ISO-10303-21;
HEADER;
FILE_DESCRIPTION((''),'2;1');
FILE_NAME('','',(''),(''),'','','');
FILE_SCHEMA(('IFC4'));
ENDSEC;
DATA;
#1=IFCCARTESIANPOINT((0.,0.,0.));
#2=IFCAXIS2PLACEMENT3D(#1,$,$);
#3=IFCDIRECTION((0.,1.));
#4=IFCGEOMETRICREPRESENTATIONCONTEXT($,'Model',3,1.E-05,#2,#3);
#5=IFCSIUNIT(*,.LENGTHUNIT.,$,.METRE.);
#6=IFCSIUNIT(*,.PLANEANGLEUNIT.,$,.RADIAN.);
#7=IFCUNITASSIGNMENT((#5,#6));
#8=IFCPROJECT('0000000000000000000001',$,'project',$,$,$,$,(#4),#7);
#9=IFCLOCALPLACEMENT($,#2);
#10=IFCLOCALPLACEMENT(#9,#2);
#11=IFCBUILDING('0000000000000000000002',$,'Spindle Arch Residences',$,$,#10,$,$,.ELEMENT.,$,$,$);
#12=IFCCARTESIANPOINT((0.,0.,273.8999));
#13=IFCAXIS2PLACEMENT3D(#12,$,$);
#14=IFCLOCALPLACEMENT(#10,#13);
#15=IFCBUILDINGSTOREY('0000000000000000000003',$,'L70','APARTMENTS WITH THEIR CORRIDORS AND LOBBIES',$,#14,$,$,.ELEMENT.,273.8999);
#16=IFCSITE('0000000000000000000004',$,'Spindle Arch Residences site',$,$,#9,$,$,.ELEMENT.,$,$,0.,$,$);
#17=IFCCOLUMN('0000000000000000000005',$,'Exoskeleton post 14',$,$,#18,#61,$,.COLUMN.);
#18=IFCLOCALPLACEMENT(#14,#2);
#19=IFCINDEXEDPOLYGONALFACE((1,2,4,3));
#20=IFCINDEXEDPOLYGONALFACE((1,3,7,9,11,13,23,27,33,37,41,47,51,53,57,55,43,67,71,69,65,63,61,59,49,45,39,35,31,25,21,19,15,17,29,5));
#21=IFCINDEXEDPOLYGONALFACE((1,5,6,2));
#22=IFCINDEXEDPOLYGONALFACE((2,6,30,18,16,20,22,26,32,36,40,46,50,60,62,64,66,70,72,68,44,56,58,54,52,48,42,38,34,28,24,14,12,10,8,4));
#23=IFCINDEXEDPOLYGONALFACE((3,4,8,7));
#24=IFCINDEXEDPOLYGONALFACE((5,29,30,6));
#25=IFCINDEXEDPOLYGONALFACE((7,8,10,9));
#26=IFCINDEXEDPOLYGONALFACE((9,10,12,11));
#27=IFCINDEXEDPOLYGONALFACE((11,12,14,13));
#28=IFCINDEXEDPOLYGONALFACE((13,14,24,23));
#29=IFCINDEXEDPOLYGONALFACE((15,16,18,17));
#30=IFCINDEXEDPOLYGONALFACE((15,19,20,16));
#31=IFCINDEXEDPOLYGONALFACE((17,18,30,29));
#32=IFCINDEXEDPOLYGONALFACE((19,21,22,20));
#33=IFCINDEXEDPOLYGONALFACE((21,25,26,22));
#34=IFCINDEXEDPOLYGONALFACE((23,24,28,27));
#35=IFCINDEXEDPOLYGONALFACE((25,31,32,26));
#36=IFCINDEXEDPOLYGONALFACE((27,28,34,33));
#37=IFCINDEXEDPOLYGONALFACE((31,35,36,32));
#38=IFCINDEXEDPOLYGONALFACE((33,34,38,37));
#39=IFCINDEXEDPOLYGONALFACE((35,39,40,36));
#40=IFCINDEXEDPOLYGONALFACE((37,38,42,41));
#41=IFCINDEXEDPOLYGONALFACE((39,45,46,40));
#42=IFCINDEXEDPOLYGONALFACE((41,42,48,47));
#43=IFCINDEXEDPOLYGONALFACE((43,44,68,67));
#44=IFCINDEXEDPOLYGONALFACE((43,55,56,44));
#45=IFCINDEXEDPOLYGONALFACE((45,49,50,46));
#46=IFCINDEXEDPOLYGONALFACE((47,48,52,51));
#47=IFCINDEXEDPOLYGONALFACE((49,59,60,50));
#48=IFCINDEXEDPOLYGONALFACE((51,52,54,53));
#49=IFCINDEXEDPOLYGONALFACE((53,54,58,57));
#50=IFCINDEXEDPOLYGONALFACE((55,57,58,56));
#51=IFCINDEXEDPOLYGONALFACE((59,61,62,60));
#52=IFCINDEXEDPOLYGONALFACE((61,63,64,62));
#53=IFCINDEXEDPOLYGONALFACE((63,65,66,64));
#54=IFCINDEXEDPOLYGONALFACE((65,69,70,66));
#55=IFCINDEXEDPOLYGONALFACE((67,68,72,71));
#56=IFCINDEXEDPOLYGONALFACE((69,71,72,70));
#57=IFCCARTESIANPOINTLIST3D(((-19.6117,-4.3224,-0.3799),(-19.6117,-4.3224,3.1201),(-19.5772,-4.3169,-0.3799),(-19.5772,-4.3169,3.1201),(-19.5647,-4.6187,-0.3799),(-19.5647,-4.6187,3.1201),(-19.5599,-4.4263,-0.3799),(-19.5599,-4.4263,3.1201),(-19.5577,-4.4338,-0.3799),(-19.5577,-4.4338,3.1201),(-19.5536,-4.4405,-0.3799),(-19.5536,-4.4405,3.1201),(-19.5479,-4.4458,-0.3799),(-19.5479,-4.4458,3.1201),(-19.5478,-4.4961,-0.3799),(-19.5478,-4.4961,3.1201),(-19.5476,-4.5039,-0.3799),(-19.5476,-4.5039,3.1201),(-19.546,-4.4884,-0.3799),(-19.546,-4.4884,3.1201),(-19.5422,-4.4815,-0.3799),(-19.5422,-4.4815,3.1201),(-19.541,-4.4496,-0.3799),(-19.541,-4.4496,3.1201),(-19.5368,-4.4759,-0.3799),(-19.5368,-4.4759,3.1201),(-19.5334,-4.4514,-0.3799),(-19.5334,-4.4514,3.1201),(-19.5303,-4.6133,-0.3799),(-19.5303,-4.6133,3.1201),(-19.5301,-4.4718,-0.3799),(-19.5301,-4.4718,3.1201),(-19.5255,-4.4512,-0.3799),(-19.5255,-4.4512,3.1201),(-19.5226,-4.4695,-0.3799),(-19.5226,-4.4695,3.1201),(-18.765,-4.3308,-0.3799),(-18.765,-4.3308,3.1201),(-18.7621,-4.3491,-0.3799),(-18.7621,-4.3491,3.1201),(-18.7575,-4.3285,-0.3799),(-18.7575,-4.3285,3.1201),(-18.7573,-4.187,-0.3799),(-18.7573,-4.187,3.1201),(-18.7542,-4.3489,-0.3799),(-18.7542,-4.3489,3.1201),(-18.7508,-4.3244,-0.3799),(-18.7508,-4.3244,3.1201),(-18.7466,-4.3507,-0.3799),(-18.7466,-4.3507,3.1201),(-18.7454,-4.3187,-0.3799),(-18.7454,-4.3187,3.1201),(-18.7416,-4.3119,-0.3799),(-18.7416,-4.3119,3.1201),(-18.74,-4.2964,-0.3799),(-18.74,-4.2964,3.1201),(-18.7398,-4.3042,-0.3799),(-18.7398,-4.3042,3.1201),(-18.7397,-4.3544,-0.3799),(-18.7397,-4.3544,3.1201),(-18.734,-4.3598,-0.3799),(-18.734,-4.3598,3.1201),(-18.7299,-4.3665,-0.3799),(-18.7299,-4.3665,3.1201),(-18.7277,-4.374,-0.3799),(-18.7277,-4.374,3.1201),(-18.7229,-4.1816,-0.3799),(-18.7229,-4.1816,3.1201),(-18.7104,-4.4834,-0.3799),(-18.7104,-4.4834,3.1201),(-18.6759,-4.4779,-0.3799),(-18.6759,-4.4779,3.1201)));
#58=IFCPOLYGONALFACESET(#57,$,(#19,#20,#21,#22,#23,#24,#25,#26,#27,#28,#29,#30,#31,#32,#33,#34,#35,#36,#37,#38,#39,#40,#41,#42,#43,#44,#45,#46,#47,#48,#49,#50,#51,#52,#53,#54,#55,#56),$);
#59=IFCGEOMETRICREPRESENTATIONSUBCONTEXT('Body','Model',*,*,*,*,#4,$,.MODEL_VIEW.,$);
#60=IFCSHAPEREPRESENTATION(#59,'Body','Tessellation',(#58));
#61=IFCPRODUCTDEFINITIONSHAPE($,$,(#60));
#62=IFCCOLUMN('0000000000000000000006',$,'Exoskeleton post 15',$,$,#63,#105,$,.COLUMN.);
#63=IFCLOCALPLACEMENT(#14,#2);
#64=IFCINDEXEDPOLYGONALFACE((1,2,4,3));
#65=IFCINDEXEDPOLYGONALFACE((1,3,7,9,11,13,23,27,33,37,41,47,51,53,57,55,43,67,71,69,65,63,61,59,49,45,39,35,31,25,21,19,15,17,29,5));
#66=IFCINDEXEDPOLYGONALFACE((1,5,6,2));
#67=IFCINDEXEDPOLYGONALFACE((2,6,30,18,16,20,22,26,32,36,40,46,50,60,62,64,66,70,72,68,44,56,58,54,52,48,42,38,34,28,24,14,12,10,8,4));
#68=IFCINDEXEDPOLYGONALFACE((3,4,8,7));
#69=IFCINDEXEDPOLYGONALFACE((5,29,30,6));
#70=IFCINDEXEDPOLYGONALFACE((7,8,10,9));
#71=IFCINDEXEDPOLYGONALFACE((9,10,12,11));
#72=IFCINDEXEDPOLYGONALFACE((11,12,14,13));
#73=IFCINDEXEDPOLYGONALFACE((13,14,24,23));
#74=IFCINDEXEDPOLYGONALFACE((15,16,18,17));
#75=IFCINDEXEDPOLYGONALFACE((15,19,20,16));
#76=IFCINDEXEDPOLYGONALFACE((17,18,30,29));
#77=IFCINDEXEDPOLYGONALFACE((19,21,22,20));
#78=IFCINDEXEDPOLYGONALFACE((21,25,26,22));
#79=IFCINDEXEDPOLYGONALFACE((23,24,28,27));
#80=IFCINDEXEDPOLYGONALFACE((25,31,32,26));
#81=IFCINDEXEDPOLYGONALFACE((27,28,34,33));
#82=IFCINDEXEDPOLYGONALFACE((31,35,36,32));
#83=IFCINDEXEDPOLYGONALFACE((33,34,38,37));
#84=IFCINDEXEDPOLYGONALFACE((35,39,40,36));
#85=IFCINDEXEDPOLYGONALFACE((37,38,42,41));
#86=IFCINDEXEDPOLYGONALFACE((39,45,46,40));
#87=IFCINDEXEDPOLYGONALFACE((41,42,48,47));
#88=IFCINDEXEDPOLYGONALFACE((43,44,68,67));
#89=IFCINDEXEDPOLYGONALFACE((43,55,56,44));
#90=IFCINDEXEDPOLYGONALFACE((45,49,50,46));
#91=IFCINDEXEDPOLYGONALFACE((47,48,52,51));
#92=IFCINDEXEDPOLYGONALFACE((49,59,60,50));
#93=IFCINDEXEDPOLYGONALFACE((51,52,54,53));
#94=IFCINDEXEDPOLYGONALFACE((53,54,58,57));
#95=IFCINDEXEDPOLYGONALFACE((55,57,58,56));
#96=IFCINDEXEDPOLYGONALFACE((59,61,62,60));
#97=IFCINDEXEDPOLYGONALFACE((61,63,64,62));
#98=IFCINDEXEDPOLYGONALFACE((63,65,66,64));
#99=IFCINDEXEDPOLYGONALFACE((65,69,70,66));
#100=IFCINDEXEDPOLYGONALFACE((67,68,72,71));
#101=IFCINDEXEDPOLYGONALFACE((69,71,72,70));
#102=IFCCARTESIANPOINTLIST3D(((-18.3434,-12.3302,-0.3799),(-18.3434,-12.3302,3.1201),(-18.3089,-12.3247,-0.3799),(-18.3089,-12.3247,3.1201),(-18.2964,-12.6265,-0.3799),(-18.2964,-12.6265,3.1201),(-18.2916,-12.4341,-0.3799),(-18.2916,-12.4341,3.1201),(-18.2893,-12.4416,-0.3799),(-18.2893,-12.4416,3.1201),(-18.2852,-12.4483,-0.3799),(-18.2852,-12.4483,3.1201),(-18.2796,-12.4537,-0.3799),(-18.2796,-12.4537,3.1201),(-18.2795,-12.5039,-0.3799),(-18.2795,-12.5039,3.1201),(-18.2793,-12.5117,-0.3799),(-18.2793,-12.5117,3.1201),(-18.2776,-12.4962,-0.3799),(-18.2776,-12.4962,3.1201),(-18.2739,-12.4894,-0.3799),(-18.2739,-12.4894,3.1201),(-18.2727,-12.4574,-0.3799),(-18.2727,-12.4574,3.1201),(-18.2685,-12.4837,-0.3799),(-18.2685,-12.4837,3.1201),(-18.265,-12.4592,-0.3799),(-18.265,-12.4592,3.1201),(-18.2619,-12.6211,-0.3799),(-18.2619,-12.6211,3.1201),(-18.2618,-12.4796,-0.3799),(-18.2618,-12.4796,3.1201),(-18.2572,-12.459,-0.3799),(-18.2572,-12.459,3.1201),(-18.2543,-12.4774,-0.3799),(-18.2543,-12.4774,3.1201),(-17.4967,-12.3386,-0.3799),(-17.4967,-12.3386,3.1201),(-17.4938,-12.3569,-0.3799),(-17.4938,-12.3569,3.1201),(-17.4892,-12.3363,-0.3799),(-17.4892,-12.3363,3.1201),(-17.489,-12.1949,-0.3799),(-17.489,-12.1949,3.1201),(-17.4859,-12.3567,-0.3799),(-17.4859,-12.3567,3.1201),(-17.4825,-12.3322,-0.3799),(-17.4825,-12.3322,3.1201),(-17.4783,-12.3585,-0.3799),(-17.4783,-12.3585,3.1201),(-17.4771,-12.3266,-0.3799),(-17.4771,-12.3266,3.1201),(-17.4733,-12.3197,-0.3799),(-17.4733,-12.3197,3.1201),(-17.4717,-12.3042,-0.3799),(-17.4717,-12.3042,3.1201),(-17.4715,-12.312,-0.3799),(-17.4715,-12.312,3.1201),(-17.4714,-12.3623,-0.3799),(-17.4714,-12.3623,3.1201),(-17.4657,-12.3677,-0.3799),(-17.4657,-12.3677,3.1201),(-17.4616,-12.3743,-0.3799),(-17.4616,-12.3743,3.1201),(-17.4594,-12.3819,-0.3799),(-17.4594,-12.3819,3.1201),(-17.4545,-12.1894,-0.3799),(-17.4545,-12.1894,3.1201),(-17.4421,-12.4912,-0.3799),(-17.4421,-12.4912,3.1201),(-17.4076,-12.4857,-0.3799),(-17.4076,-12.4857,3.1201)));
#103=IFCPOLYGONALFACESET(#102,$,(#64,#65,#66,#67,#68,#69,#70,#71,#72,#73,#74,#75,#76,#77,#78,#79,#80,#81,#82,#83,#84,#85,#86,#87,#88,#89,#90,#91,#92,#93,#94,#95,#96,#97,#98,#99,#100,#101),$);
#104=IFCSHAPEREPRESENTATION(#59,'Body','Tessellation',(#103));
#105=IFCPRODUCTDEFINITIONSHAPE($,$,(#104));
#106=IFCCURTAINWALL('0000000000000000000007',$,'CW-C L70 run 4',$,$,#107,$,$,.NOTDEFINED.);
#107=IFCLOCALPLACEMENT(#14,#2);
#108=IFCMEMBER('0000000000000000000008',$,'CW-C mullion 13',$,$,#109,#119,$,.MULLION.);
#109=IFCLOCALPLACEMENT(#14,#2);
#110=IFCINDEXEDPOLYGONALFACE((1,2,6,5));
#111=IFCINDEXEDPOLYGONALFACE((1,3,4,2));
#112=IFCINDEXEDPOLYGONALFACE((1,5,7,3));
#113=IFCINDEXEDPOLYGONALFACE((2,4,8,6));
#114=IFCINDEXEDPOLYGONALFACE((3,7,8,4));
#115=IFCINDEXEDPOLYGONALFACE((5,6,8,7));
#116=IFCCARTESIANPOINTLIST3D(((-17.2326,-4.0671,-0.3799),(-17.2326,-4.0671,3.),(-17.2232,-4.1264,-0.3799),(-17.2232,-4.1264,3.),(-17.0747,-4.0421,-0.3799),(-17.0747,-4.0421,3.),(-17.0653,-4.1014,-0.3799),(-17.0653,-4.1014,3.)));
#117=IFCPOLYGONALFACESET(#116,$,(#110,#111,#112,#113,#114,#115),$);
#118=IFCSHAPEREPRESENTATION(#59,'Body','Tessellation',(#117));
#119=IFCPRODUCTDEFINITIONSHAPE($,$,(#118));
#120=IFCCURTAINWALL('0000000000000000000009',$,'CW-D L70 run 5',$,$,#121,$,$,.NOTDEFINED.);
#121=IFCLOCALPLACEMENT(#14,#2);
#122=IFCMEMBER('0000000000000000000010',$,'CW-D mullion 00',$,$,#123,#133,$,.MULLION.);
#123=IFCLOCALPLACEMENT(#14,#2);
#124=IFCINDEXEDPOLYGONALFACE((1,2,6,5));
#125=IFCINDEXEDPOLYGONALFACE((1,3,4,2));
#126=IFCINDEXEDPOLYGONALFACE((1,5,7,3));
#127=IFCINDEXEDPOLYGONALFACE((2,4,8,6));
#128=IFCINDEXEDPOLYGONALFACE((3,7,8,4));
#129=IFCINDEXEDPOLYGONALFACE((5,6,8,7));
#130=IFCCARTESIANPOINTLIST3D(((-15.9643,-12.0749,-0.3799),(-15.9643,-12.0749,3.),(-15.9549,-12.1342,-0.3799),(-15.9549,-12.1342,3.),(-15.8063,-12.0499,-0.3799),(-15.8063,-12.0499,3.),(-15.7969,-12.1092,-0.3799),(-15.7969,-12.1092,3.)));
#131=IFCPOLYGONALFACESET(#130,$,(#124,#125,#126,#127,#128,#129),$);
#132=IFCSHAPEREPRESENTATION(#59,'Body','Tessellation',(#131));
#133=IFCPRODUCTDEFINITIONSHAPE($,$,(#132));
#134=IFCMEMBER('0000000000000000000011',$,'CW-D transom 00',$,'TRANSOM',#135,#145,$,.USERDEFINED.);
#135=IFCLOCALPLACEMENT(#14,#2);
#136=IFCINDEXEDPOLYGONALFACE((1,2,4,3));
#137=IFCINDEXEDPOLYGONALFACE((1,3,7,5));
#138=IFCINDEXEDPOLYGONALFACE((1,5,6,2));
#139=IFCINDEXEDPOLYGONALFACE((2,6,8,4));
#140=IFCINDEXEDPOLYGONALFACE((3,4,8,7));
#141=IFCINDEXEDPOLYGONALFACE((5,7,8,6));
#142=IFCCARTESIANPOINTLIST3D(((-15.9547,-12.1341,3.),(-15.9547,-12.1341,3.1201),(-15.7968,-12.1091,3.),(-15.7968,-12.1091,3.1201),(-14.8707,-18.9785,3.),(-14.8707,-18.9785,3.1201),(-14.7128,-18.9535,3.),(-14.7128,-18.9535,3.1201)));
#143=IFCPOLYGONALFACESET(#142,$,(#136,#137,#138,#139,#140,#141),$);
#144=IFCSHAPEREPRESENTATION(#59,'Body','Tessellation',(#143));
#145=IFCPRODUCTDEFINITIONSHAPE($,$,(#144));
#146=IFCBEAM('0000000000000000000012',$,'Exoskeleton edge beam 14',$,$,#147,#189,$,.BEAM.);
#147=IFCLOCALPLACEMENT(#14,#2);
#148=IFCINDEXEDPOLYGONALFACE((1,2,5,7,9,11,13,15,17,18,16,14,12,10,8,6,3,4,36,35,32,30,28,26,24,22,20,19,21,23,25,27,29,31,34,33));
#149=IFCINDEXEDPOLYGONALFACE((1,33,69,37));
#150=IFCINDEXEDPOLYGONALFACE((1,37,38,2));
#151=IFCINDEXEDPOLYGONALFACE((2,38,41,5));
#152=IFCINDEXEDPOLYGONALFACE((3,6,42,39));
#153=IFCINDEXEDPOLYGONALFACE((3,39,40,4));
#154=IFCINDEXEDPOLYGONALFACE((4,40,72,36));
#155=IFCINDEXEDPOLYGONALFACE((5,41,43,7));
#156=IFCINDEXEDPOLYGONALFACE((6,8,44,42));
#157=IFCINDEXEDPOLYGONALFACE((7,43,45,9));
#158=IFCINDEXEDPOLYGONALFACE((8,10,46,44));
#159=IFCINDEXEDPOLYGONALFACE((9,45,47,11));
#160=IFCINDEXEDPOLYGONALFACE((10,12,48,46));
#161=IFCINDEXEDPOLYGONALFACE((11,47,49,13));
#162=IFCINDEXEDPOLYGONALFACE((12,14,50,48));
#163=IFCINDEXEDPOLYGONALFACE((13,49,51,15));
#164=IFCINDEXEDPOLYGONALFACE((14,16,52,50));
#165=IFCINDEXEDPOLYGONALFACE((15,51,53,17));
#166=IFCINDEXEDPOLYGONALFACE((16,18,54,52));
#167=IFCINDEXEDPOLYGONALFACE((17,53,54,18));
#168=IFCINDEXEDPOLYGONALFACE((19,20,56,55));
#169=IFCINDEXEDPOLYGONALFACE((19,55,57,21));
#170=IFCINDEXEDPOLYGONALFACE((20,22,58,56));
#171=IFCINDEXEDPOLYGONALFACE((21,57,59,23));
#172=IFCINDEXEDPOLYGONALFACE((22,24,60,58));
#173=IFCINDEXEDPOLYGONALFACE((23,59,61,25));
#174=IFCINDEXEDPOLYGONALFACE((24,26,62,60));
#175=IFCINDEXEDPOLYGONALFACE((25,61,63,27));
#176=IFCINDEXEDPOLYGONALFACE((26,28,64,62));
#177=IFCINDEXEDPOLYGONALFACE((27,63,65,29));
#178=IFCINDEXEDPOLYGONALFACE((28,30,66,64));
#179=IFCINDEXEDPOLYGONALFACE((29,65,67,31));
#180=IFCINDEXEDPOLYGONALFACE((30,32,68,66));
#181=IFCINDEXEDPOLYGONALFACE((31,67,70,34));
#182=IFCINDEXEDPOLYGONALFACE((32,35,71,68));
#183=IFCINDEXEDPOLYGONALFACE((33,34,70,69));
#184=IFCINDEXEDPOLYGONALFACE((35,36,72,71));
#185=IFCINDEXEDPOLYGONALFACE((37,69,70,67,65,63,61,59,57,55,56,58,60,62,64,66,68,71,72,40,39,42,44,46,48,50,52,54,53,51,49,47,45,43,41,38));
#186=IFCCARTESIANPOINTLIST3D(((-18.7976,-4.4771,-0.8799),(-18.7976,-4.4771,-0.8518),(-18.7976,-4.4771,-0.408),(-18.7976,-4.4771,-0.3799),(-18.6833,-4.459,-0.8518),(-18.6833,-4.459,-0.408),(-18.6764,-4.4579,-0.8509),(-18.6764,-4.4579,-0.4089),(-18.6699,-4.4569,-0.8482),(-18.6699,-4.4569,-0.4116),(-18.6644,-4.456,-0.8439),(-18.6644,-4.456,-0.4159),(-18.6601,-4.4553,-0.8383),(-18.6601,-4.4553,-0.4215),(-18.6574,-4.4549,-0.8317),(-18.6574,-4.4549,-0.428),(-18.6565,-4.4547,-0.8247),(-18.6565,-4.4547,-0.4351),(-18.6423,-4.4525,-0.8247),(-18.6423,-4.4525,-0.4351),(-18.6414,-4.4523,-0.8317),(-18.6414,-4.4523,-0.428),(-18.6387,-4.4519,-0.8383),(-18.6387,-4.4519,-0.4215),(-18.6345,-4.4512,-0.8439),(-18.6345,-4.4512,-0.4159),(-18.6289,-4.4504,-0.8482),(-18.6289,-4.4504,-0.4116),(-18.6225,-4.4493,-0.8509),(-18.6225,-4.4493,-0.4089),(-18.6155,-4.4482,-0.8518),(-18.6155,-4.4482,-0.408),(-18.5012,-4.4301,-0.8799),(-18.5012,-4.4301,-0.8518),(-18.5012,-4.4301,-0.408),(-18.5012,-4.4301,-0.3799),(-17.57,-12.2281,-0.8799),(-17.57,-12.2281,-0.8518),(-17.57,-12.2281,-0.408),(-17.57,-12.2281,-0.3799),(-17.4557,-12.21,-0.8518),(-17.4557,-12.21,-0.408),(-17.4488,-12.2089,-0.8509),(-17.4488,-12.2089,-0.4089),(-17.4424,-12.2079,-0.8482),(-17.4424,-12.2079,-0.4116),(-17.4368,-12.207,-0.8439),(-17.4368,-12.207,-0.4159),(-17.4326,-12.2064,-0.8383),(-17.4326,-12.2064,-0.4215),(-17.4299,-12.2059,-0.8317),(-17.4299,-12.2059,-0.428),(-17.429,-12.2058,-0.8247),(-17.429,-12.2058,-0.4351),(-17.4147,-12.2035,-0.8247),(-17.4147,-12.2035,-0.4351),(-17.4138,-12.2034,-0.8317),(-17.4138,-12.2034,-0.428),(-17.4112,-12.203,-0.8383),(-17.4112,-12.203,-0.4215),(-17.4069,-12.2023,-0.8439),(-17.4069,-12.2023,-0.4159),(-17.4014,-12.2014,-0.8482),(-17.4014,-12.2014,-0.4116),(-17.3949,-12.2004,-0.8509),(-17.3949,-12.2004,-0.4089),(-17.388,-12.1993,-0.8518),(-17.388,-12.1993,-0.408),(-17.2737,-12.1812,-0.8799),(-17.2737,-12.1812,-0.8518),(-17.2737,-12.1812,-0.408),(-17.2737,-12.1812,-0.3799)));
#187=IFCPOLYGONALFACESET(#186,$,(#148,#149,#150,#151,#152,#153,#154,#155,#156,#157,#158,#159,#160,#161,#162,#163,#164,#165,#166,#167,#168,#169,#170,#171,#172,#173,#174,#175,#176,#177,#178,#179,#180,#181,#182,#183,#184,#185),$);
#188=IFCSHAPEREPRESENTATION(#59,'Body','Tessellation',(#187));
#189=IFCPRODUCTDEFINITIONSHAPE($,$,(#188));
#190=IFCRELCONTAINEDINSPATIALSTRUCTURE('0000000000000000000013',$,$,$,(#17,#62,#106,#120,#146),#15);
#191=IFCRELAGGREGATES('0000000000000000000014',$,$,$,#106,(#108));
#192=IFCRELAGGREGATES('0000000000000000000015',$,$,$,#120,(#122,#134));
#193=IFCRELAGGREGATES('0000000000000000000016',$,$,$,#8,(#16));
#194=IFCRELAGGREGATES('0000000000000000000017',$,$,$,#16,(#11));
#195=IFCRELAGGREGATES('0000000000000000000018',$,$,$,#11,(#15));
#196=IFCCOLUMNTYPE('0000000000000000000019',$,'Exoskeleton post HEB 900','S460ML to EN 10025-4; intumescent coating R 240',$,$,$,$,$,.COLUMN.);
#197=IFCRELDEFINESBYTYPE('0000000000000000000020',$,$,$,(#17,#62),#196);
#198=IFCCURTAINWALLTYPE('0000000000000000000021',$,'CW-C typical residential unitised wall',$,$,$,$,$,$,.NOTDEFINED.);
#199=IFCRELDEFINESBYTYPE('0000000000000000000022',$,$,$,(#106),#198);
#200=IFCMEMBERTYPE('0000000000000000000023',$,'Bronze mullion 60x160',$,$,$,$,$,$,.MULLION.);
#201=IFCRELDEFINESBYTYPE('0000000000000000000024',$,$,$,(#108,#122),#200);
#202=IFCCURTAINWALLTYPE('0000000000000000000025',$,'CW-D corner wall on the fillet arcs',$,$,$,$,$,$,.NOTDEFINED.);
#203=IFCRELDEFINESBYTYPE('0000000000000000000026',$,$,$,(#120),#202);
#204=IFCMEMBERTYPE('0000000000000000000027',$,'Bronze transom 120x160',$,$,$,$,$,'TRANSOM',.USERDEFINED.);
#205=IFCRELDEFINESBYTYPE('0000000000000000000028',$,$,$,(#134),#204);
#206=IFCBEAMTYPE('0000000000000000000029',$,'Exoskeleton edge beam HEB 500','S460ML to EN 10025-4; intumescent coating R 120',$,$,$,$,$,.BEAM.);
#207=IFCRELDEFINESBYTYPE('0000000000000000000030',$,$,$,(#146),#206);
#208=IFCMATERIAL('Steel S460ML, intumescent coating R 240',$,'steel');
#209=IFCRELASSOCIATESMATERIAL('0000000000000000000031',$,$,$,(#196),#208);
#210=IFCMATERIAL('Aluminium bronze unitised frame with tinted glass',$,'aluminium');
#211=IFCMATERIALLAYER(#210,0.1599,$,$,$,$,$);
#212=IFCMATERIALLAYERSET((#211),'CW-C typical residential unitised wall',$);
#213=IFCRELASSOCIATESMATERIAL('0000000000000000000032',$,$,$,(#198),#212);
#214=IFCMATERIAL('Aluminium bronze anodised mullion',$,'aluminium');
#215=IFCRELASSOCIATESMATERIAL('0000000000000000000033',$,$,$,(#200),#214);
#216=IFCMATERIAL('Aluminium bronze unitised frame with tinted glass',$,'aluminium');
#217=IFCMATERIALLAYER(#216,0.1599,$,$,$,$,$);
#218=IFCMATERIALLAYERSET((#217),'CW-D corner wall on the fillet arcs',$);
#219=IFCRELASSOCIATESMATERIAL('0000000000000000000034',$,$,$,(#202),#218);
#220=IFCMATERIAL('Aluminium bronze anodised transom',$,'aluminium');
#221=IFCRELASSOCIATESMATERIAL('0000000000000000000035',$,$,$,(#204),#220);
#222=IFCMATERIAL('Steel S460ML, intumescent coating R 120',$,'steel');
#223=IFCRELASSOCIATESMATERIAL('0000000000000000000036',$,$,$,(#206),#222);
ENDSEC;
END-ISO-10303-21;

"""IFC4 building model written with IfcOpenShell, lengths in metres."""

from ifc_helpers import new_model, si_unit, direction, frame, origin, origin_2d, place, context, subcontext, project, spatial, rectangle, i_section, extrude, material, layer, layer_set, material_profile, profile_set, type_object, element, aggregate, save


model = new_model("IFC4")

# Units and contexts
model_context = context("Model", 3, precision=1e-05, world=origin(), true_north=direction((0.0, 1.0)))
body_context = subcontext(model_context, "Body", "Model", "MODEL_VIEW")
ifc_project = project(units=[si_unit("LENGTHUNIT", "METRE"), si_unit("PLANEANGLEUNIT", "RADIAN")], contexts=[model_context])

# Site, building, storey
site_placement = place(None, origin())
site = spatial("IfcSite", under=ifc_project, at=site_placement, Name="Spindle Arch Residences site", CompositionType="ELEMENT", RefElevation=0.0)
building_placement = place(site_placement, origin())
building = spatial("IfcBuilding", under=site, at=building_placement, Name="Spindle Arch Residences", CompositionType="ELEMENT")
storey_placement = place(building_placement, frame((0.0, 0.0, 273.8999)))
storey = spatial("IfcBuildingStorey", under=building, at=storey_placement, Name="L70", Description="APARTMENTS WITH THEIR CORRIDORS AND LOBBIES", CompositionType="ELEMENT", Elevation=273.8999)

# Columns
ifc_material_1 = material(Name="Steel S460ML, intumescent coating R 240", Category="steel")
ifc_material_profile_1 = material_profile(ifc_material_1, i_section(OverallWidth=0.3, OverallDepth=0.8999, WebThickness=0.0186, FlangeThickness=0.0349, FilletRadius=0.03, at=origin_2d()), Name="HEB 900")
ifc_profile_set_1 = profile_set([ifc_material_profile_1], Name="Steel S460ML, intumescent coating R 240")
column_type = type_object("IfcColumnType", Name="Exoskeleton post HEB 900", Description="S460ML to EN 10025-4; intumescent coating R 240", PredefinedType="COLUMN", material=ifc_profile_set_1)
for number, where, z_axis, x_axis, name in (
    (1, (-19.1438, -4.4001, -0.3799), (0.0, 0.0, 1.0), (-0.156434, 0.987688, 0.0), "Exoskeleton post 14"),
    (2, (-17.8755, -12.408, -0.3799), (0.0, 0.0, 1.0), (-0.156434, 0.987688, 0.0), "Exoskeleton post 15"),
):
    element("IfcColumn", number, at=place(storey_placement, frame(where, z_axis=z_axis, x_axis=x_axis)), inside=storey, type_object=column_type, Name=name, PredefinedType="COLUMN", context=body_context, shape_type="SweptSolid", body=[
        extrude(i_section(OverallWidth=0.3, OverallDepth=0.8999, WebThickness=0.0186, FlangeThickness=0.0349, FilletRadius=0.03, at=origin_2d()), origin(), (0.0, 0.0, 1.0), 3.5),
    ])

# Curtain wall, member
ifc_material_2 = material(Name="Aluminium bronze unitised frame with tinted glass", Category="aluminium")
ifc_layer_1 = layer(ifc_material_2, 0.1599)
ifc_layer_set_1 = layer_set([ifc_layer_1], Name="CW-C typical residential unitised wall")
curtain_wall_type_1 = type_object("IfcCurtainWallType", Name="CW-C typical residential unitised wall", PredefinedType="NOTDEFINED", material=ifc_layer_set_1)
curtain_wall_1_placement = place(storey_placement, origin())
curtain_wall_1 = element("IfcCurtainWall", 3, at=curtain_wall_1_placement, inside=storey, type_object=curtain_wall_type_1, Name="CW-C L70 run 4", PredefinedType="NOTDEFINED")
ifc_material_3 = material(Name="Aluminium bronze anodised mullion", Category="aluminium")
ifc_material_profile_2 = material_profile(ifc_material_3, rectangle(XDim=0.1599, YDim=0.0601, at=origin_2d()), Name="MU 60x160")
ifc_profile_set_2 = profile_set([ifc_material_profile_2], Name="Aluminium bronze anodised mullion")
member_type_1 = type_object("IfcMemberType", Name="Bronze mullion 60x160", PredefinedType="MULLION", material=ifc_profile_set_2)
member_1_placement = place(storey_placement, frame((-17.1489, -4.0842, -0.3799), z_axis=(0.0, 0.0, 1.0), x_axis=(0.987688, 0.156434, 0.0)))
member_1 = element("IfcMember", 4, at=member_1_placement, type_object=member_type_1, Name="CW-C mullion 13", PredefinedType="MULLION", context=body_context, shape_type="SweptSolid", body=[
    extrude(rectangle(XDim=0.1599, YDim=0.0601, at=origin_2d()), origin(), (0.0, 0.0, 1.0), 3.3799),
])

# Curtain wall, members
ifc_material_4 = material(Name="Aluminium bronze unitised frame with tinted glass", Category="aluminium")
ifc_layer_2 = layer(ifc_material_4, 0.1599)
ifc_layer_set_2 = layer_set([ifc_layer_2], Name="CW-D corner wall on the fillet arcs")
curtain_wall_type_2 = type_object("IfcCurtainWallType", Name="CW-D corner wall on the fillet arcs", PredefinedType="NOTDEFINED", material=ifc_layer_set_2)
curtain_wall_2_placement = place(storey_placement, origin())
curtain_wall_2 = element("IfcCurtainWall", 5, at=curtain_wall_2_placement, inside=storey, type_object=curtain_wall_type_2, Name="CW-D L70 run 5", PredefinedType="NOTDEFINED")
member_2_placement = place(storey_placement, frame((-15.8806, -12.092, -0.3799), z_axis=(0.0, 0.0, 1.0), x_axis=(0.987688, 0.156434, 0.0)))
member_2 = element("IfcMember", 6, at=member_2_placement, type_object=member_type_1, Name="CW-D mullion 00", PredefinedType="MULLION", context=body_context, shape_type="SweptSolid", body=[
    extrude(rectangle(XDim=0.1599, YDim=0.0601, at=origin_2d()), origin(), (0.0, 0.0, 1.0), 3.3799),
])
ifc_material_5 = material(Name="Aluminium bronze anodised transom", Category="aluminium")
ifc_material_profile_3 = material_profile(ifc_material_5, rectangle(XDim=0.1599, YDim=0.1201, at=origin_2d()), Name="TR 120x160")
ifc_profile_set_3 = profile_set([ifc_material_profile_3], Name="Aluminium bronze anodised transom")
member_type_2 = type_object("IfcMemberType", Name="Bronze transom 120x160", ElementType="TRANSOM", PredefinedType="USERDEFINED", material=ifc_profile_set_3)
member_3_placement = place(storey_placement, frame((-15.8757, -12.1216, 3.0601), z_axis=(0.156424, -0.98769, 0.0), x_axis=(0.98769, 0.156424, 0.0)))
member_3 = element("IfcMember", 7, at=member_3_placement, type_object=member_type_2, Name="CW-D transom 00", ObjectType="TRANSOM", PredefinedType="USERDEFINED", context=body_context, shape_type="SweptSolid", body=[
    extrude(rectangle(XDim=0.1599, YDim=0.1201, at=origin_2d()), origin(), (0.0, 0.0, 1.0), 6.9297),
])

# Beam
ifc_material_6 = material(Name="Steel S460ML, intumescent coating R 120", Category="steel")
ifc_material_profile_4 = material_profile(ifc_material_6, i_section(OverallWidth=0.3, OverallDepth=0.5, WebThickness=0.0144, FlangeThickness=0.0281, FilletRadius=0.0271, at=origin_2d()), Name="HEB 500")
ifc_profile_set_4 = profile_set([ifc_material_profile_4], Name="Steel S460ML, intumescent coating R 120")
beam_type_1 = type_object("IfcBeamType", Name="Exoskeleton edge beam HEB 500", Description="S460ML to EN 10025-4; intumescent coating R 120", PredefinedType="BEAM", material=ifc_profile_set_4)
beam_1_placement = place(storey_placement, frame((-18.6494, -4.4536, -0.6299), z_axis=(0.156423, -0.98769, 0.0), x_axis=(0.98769, 0.156423, 0.0)))
element("IfcBeam", 8, at=beam_1_placement, inside=storey, type_object=beam_type_1, Name="Exoskeleton edge beam 14", PredefinedType="BEAM", context=body_context, shape_type="SweptSolid", body=[
    extrude(i_section(OverallWidth=0.3, OverallDepth=0.5, WebThickness=0.0144, FlangeThickness=0.0281, FilletRadius=0.0271, at=origin_2d()), origin(), (0.0, 0.0, 1.0), 7.8477),
])

aggregate(curtain_wall_1, [member_1])
aggregate(curtain_wall_2, [member_2, member_3])

save(model, "model.ifc")
